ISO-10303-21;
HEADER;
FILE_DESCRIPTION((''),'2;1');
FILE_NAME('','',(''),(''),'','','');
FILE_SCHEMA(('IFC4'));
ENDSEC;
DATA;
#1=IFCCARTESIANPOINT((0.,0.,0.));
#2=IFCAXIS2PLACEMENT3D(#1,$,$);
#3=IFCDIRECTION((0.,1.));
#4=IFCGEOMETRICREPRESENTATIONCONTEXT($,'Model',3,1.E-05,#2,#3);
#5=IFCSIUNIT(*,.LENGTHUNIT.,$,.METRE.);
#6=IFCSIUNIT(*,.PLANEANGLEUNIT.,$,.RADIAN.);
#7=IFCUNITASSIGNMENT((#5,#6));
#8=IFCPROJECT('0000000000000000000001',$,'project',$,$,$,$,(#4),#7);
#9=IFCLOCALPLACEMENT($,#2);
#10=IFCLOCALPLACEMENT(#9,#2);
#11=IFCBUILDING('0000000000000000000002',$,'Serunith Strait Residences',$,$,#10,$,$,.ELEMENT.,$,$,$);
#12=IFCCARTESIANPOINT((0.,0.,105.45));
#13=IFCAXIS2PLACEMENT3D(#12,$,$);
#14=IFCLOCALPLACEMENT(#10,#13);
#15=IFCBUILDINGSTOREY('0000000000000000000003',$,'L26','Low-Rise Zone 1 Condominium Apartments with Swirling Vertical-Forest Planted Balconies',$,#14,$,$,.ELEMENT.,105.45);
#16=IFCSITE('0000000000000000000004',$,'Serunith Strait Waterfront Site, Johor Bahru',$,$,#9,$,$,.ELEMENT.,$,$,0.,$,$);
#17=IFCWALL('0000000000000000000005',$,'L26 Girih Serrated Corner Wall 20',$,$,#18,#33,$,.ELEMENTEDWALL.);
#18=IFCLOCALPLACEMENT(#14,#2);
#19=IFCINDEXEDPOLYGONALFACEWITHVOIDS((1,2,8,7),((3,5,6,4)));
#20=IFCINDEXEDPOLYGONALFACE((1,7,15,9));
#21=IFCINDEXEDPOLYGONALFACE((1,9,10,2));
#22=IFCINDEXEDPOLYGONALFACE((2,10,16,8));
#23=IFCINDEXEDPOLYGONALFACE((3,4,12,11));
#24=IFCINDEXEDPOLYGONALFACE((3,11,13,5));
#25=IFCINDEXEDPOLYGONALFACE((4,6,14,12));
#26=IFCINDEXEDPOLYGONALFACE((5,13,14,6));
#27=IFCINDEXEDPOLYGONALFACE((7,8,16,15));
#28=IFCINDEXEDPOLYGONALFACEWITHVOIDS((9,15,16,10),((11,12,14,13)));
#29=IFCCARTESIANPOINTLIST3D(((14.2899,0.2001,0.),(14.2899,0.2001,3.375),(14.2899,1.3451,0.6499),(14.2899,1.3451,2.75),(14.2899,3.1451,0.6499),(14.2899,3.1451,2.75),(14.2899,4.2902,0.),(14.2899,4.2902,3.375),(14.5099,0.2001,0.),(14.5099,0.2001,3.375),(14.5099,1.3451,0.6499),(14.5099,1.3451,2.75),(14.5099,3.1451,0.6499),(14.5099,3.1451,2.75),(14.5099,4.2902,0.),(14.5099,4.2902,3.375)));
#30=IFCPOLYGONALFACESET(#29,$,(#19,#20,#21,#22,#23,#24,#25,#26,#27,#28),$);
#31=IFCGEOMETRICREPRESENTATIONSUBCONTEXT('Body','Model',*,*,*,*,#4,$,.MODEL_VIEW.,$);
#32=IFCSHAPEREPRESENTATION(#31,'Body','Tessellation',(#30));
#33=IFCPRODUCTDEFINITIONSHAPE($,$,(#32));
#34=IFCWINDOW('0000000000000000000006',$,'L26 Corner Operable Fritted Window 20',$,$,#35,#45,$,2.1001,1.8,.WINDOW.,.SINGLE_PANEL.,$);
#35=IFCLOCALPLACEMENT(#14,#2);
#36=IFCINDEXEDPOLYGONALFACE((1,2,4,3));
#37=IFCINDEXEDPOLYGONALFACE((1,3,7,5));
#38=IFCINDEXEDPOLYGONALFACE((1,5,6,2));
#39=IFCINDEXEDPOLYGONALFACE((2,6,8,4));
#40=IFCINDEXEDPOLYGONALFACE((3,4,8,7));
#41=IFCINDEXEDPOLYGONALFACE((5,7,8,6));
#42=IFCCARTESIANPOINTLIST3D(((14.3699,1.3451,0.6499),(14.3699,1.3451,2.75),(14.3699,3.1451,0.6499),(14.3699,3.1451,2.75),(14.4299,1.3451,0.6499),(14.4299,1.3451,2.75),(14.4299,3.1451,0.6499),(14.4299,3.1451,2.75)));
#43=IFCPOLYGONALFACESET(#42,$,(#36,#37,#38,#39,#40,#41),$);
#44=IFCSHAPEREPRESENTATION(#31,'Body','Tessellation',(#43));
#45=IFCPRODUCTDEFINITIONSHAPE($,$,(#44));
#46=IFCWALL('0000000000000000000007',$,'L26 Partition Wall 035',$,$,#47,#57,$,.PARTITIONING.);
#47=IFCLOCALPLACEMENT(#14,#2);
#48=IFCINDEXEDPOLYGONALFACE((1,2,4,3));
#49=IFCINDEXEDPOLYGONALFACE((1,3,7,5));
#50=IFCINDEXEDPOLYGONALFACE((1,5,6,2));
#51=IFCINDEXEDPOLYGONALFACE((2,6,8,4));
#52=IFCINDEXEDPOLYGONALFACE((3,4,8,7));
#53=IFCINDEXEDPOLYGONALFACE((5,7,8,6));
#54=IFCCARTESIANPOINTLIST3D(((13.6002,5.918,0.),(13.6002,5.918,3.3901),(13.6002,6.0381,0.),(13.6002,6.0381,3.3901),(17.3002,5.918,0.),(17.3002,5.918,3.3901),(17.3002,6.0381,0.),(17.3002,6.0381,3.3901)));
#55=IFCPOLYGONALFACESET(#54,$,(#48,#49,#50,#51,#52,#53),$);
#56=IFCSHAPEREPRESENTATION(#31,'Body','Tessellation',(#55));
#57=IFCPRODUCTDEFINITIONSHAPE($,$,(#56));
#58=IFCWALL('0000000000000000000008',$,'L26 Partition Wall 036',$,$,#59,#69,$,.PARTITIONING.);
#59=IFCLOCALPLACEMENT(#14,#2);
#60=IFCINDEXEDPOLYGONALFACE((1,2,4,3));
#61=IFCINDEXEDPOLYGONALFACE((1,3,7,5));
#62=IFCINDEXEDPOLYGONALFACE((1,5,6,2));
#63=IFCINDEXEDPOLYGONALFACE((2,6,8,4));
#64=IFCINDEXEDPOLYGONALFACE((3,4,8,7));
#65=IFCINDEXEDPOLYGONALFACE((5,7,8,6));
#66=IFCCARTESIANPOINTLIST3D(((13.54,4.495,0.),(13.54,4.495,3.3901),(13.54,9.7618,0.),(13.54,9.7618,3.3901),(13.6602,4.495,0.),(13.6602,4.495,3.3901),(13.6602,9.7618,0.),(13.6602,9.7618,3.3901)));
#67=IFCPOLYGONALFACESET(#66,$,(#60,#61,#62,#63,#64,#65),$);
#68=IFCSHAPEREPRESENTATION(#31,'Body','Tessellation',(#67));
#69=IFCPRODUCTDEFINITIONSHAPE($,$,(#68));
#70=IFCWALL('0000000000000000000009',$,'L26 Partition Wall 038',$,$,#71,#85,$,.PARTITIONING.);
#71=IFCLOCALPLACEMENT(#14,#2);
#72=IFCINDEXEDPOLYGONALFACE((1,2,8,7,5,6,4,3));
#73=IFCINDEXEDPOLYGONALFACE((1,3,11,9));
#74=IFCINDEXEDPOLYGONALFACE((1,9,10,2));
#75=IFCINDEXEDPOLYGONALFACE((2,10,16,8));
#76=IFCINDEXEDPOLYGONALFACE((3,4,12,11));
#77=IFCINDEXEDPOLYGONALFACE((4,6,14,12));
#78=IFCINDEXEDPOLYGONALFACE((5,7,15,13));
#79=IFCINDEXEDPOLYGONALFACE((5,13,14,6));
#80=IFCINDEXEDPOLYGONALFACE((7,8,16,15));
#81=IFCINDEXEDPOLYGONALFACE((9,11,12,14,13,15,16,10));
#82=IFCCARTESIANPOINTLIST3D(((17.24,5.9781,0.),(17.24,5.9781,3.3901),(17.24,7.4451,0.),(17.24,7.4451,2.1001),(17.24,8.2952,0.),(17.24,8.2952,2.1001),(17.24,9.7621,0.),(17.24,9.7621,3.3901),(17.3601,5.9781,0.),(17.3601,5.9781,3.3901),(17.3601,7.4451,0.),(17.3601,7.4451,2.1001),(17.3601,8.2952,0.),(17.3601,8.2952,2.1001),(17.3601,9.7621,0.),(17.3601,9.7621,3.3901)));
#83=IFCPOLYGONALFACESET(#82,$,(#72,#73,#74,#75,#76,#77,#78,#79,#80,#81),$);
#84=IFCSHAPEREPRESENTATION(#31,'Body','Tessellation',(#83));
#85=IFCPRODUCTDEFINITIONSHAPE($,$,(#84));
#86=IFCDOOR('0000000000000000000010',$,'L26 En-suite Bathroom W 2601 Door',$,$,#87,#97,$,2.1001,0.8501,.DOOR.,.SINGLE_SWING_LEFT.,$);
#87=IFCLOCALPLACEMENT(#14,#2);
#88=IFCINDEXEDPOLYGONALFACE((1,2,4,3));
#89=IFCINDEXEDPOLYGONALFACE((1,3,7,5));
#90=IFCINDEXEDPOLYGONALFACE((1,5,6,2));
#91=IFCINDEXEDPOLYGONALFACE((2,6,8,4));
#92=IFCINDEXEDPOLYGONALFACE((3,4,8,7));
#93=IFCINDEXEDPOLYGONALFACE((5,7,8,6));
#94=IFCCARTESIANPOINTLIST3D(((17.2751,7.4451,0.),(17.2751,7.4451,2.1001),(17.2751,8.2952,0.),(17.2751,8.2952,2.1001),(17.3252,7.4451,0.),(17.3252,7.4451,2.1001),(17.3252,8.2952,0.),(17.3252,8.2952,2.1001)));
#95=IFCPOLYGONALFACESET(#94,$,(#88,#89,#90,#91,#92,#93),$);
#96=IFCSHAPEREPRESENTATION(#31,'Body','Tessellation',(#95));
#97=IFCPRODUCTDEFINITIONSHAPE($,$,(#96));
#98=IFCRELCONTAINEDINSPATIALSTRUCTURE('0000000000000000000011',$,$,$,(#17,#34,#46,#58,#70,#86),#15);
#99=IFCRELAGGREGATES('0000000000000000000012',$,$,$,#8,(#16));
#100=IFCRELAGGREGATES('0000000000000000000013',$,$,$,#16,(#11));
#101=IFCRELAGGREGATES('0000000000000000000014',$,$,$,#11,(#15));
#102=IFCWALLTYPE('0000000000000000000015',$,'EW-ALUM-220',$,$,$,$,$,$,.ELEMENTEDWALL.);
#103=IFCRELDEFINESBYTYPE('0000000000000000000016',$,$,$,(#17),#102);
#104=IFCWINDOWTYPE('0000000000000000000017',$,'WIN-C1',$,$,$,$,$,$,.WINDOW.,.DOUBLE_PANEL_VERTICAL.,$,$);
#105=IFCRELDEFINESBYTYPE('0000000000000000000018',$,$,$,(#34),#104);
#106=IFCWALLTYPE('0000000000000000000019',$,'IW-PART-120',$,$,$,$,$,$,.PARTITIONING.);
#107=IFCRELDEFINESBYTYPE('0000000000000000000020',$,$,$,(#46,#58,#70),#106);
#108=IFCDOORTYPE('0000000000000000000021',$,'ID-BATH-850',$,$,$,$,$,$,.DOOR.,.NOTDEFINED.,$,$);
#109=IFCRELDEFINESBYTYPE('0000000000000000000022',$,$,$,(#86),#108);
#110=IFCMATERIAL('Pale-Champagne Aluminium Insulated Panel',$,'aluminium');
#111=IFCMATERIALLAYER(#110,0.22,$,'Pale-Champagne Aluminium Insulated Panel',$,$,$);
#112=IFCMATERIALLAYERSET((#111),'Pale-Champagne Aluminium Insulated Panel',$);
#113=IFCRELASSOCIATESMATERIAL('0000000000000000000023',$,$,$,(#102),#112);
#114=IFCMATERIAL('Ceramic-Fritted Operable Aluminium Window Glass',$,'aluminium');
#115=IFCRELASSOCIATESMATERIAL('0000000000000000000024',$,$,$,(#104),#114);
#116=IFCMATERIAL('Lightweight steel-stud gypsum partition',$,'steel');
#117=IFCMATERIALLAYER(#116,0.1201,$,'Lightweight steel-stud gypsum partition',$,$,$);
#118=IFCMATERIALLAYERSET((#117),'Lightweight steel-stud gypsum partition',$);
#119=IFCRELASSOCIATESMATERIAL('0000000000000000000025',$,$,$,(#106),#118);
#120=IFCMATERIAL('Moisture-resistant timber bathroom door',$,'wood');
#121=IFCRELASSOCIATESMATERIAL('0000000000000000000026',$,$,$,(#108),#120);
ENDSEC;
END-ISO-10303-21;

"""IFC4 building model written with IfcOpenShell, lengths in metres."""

from ifc_helpers import new_model, si_unit, direction, frame, frame_2d, origin, place, context, subcontext, project, spatial, rectangle, extrude, source, transform, mapped, material, layer, layer_set, type_object, element, fill, save


model = new_model("IFC4")

# Units and contexts
model_context = context("Model", 3, precision=1e-05, world=origin(), true_north=direction((0.0, 1.0)))
body_context = subcontext(model_context, "Body", "Model", "MODEL_VIEW")
ifc_project = project(units=[si_unit("LENGTHUNIT", "METRE"), si_unit("PLANEANGLEUNIT", "RADIAN")], contexts=[model_context])

# Site, building, storey
site_placement = place(None, origin())
site = spatial("IfcSite", under=ifc_project, at=site_placement, Name="Serunith Strait Waterfront Site, Johor Bahru", CompositionType="ELEMENT", RefElevation=0.0)
building_placement = place(site_placement, origin())
building = spatial("IfcBuilding", under=site, at=building_placement, Name="Serunith Strait Residences", CompositionType="ELEMENT")
storey_placement = place(building_placement, frame((0.0, 0.0, 105.45)))
storey = spatial("IfcBuildingStorey", under=building, at=storey_placement, Name="L26", Description="Low-Rise Zone 1 Condominium Apartments with Swirling Vertical-Forest Planted Balconies", CompositionType="ELEMENT", Elevation=105.45)

# Wall, opening, window
ifc_material_1 = material(Name="Pale-Champagne Aluminium Insulated Panel", Category="aluminium")
ifc_layer_1 = layer(ifc_material_1, 0.22, Name="Pale-Champagne Aluminium Insulated Panel")
ifc_layer_set_1 = layer_set([ifc_layer_1], Name="Pale-Champagne Aluminium Insulated Panel")
wall_type_1 = type_object("IfcWallType", Name="EW-ALUM-220", PredefinedType="ELEMENTEDWALL", material=ifc_layer_set_1)
ifc_material_2 = material(Name="Ceramic-Fritted Operable Aluminium Window Glass", Category="aluminium")
window_type = type_object("IfcWindowType", Name="WIN-C1", PartitioningType="DOUBLE_PANEL_VERTICAL", PredefinedType="WINDOW", material=ifc_material_2)
shared_shape_1 = source(origin(), body_context, "Body", "SweptSolid", [
    extrude(rectangle(XDim=1.8, YDim=2.1001, at=frame_2d((0.8999, 1.05))), frame((0.0, 0.03, 0.0), z_axis=(0.0, -1.0, 0.0), x_axis=(1.0, 0.0, 0.0)), (0.0, 0.0, 1.0), 0.0601),
])
wall_1_placement = place(storey_placement, frame((14.3999, 4.29, 0.0), z_axis=(0.0, 0.0, 1.0), x_axis=(0.0, -1.0, 0.0)))
wall_1 = element("IfcWall", 1, at=wall_1_placement, inside=storey, type_object=wall_type_1, Name="L26 Girih Serrated Corner Wall 20", PredefinedType="ELEMENTEDWALL", context=body_context, shape_type="SweptSolid", body=[
    extrude(rectangle(XDim=4.0901, YDim=0.22, at=frame_2d((2.0449, 0.0))), origin(), (0.0, 0.0, 1.0), 3.375),
])
opening_1_placement = place(wall_1_placement, frame((1.145, 0.0, 0.6499)))
opening_1 = element("IfcOpeningElement", 2, at=opening_1_placement, cuts=wall_1, PredefinedType="OPENING", context=body_context, shape_type="SweptSolid", body=[
    extrude(rectangle(XDim=1.8, YDim=2.1001, at=frame_2d((0.8999, 1.05))), frame((0.0, 0.1201, 0.0), z_axis=(0.0, -1.0, 0.0), x_axis=(1.0, 0.0, 0.0)), (0.0, 0.0, 1.0), 0.24),
])
window_1_placement = place(opening_1_placement, origin())
window_1 = element("IfcWindow", 3, at=window_1_placement, inside=storey, type_object=window_type, Name="L26 Corner Operable Fritted Window 20", OverallHeight=2.1001, OverallWidth=1.8, PartitioningType="SINGLE_PANEL", PredefinedType="WINDOW", context=body_context, shape_type="MappedRepresentation", body=[
    mapped(shared_shape_1, transform((0.0, 0.0, 0.0), scale=1.0)),
])
fill(opening_1, window_1)

# Walls
ifc_material_3 = material(Name="Lightweight steel-stud gypsum partition", Category="steel")
ifc_layer_2 = layer(ifc_material_3, 0.1201, Name="Lightweight steel-stud gypsum partition")
ifc_layer_set_2 = layer_set([ifc_layer_2], Name="Lightweight steel-stud gypsum partition")
wall_type_2 = type_object("IfcWallType", Name="IW-PART-120", PredefinedType="PARTITIONING", material=ifc_layer_set_2)
wall_2_placement = place(storey_placement, frame((13.6001, 5.978, 0.0), z_axis=(0.0, 0.0, 1.0), x_axis=(1.0, 0.0, 0.0)))
element("IfcWall", 4, at=wall_2_placement, inside=storey, type_object=wall_type_2, Name="L26 Partition Wall 035", PredefinedType="PARTITIONING", context=body_context, shape_type="SweptSolid", body=[
    extrude(rectangle(XDim=3.7, YDim=0.1201, at=frame_2d((1.8501, 0.0))), origin(), (0.0, 0.0, 1.0), 3.3901),
])
wall_3_placement = place(storey_placement, frame((13.6001, 4.4951, 0.0), z_axis=(0.0, 0.0, 1.0), x_axis=(0.0, 1.0, 0.0)))
element("IfcWall", 5, at=wall_3_placement, inside=storey, type_object=wall_type_2, Name="L26 Partition Wall 036", PredefinedType="PARTITIONING", context=body_context, shape_type="SweptSolid", body=[
    extrude(rectangle(XDim=5.2668, YDim=0.1201, at=frame_2d((2.6333, 0.0))), origin(), (0.0, 0.0, 1.0), 3.3901),
])

# Wall, opening, door
wall_4_placement = place(storey_placement, frame((17.3, 5.978, 0.0), z_axis=(0.0, 0.0, 1.0), x_axis=(0.0, 1.0, 0.0)))
wall_4 = element("IfcWall", 6, at=wall_4_placement, inside=storey, type_object=wall_type_2, Name="L26 Partition Wall 038", PredefinedType="PARTITIONING", context=body_context, shape_type="SweptSolid", body=[
    extrude(rectangle(XDim=3.7839, YDim=0.1201, at=frame_2d((1.8921, 0.0))), origin(), (0.0, 0.0, 1.0), 3.3901),
])
opening_2_placement = place(wall_4_placement, frame((1.467, 0.0, 0.0)))
opening_2 = element("IfcOpeningElement", 7, at=opening_2_placement, cuts=wall_4, PredefinedType="OPENING", context=body_context, shape_type="SweptSolid", body=[
    extrude(rectangle(XDim=0.8501, YDim=2.1001, at=frame_2d((0.425, 1.05))), frame((0.0, 0.0701, 0.0), z_axis=(0.0, -1.0, 0.0), x_axis=(1.0, 0.0, 0.0)), (0.0, 0.0, 1.0), 0.1401),
])
ifc_material_4 = material(Name="Moisture-resistant timber bathroom door", Category="wood")
door_type = type_object("IfcDoorType", Name="ID-BATH-850", OperationType="NOTDEFINED", PredefinedType="DOOR", material=ifc_material_4)
shared_shape_2 = source(origin(), body_context, "Body", "SweptSolid", [
    extrude(rectangle(XDim=0.8501, YDim=2.1001, at=frame_2d((0.425, 1.05))), frame((0.0, 0.0249, 0.0), z_axis=(0.0, -1.0, 0.0), x_axis=(1.0, 0.0, 0.0)), (0.0, 0.0, 1.0), 0.05),
])
door_placement = place(opening_2_placement, origin())
door = element("IfcDoor", 8, at=door_placement, inside=storey, type_object=door_type, Name="L26 En-suite Bathroom W 2601 Door", OperationType="SINGLE_SWING_LEFT", OverallHeight=2.1001, OverallWidth=0.8501, PredefinedType="DOOR", context=body_context, shape_type="MappedRepresentation", body=[
    mapped(shared_shape_2, transform((0.0, 0.0, 0.0), scale=1.0)),
])
fill(opening_2, door)

save(model, "model.ifc")
